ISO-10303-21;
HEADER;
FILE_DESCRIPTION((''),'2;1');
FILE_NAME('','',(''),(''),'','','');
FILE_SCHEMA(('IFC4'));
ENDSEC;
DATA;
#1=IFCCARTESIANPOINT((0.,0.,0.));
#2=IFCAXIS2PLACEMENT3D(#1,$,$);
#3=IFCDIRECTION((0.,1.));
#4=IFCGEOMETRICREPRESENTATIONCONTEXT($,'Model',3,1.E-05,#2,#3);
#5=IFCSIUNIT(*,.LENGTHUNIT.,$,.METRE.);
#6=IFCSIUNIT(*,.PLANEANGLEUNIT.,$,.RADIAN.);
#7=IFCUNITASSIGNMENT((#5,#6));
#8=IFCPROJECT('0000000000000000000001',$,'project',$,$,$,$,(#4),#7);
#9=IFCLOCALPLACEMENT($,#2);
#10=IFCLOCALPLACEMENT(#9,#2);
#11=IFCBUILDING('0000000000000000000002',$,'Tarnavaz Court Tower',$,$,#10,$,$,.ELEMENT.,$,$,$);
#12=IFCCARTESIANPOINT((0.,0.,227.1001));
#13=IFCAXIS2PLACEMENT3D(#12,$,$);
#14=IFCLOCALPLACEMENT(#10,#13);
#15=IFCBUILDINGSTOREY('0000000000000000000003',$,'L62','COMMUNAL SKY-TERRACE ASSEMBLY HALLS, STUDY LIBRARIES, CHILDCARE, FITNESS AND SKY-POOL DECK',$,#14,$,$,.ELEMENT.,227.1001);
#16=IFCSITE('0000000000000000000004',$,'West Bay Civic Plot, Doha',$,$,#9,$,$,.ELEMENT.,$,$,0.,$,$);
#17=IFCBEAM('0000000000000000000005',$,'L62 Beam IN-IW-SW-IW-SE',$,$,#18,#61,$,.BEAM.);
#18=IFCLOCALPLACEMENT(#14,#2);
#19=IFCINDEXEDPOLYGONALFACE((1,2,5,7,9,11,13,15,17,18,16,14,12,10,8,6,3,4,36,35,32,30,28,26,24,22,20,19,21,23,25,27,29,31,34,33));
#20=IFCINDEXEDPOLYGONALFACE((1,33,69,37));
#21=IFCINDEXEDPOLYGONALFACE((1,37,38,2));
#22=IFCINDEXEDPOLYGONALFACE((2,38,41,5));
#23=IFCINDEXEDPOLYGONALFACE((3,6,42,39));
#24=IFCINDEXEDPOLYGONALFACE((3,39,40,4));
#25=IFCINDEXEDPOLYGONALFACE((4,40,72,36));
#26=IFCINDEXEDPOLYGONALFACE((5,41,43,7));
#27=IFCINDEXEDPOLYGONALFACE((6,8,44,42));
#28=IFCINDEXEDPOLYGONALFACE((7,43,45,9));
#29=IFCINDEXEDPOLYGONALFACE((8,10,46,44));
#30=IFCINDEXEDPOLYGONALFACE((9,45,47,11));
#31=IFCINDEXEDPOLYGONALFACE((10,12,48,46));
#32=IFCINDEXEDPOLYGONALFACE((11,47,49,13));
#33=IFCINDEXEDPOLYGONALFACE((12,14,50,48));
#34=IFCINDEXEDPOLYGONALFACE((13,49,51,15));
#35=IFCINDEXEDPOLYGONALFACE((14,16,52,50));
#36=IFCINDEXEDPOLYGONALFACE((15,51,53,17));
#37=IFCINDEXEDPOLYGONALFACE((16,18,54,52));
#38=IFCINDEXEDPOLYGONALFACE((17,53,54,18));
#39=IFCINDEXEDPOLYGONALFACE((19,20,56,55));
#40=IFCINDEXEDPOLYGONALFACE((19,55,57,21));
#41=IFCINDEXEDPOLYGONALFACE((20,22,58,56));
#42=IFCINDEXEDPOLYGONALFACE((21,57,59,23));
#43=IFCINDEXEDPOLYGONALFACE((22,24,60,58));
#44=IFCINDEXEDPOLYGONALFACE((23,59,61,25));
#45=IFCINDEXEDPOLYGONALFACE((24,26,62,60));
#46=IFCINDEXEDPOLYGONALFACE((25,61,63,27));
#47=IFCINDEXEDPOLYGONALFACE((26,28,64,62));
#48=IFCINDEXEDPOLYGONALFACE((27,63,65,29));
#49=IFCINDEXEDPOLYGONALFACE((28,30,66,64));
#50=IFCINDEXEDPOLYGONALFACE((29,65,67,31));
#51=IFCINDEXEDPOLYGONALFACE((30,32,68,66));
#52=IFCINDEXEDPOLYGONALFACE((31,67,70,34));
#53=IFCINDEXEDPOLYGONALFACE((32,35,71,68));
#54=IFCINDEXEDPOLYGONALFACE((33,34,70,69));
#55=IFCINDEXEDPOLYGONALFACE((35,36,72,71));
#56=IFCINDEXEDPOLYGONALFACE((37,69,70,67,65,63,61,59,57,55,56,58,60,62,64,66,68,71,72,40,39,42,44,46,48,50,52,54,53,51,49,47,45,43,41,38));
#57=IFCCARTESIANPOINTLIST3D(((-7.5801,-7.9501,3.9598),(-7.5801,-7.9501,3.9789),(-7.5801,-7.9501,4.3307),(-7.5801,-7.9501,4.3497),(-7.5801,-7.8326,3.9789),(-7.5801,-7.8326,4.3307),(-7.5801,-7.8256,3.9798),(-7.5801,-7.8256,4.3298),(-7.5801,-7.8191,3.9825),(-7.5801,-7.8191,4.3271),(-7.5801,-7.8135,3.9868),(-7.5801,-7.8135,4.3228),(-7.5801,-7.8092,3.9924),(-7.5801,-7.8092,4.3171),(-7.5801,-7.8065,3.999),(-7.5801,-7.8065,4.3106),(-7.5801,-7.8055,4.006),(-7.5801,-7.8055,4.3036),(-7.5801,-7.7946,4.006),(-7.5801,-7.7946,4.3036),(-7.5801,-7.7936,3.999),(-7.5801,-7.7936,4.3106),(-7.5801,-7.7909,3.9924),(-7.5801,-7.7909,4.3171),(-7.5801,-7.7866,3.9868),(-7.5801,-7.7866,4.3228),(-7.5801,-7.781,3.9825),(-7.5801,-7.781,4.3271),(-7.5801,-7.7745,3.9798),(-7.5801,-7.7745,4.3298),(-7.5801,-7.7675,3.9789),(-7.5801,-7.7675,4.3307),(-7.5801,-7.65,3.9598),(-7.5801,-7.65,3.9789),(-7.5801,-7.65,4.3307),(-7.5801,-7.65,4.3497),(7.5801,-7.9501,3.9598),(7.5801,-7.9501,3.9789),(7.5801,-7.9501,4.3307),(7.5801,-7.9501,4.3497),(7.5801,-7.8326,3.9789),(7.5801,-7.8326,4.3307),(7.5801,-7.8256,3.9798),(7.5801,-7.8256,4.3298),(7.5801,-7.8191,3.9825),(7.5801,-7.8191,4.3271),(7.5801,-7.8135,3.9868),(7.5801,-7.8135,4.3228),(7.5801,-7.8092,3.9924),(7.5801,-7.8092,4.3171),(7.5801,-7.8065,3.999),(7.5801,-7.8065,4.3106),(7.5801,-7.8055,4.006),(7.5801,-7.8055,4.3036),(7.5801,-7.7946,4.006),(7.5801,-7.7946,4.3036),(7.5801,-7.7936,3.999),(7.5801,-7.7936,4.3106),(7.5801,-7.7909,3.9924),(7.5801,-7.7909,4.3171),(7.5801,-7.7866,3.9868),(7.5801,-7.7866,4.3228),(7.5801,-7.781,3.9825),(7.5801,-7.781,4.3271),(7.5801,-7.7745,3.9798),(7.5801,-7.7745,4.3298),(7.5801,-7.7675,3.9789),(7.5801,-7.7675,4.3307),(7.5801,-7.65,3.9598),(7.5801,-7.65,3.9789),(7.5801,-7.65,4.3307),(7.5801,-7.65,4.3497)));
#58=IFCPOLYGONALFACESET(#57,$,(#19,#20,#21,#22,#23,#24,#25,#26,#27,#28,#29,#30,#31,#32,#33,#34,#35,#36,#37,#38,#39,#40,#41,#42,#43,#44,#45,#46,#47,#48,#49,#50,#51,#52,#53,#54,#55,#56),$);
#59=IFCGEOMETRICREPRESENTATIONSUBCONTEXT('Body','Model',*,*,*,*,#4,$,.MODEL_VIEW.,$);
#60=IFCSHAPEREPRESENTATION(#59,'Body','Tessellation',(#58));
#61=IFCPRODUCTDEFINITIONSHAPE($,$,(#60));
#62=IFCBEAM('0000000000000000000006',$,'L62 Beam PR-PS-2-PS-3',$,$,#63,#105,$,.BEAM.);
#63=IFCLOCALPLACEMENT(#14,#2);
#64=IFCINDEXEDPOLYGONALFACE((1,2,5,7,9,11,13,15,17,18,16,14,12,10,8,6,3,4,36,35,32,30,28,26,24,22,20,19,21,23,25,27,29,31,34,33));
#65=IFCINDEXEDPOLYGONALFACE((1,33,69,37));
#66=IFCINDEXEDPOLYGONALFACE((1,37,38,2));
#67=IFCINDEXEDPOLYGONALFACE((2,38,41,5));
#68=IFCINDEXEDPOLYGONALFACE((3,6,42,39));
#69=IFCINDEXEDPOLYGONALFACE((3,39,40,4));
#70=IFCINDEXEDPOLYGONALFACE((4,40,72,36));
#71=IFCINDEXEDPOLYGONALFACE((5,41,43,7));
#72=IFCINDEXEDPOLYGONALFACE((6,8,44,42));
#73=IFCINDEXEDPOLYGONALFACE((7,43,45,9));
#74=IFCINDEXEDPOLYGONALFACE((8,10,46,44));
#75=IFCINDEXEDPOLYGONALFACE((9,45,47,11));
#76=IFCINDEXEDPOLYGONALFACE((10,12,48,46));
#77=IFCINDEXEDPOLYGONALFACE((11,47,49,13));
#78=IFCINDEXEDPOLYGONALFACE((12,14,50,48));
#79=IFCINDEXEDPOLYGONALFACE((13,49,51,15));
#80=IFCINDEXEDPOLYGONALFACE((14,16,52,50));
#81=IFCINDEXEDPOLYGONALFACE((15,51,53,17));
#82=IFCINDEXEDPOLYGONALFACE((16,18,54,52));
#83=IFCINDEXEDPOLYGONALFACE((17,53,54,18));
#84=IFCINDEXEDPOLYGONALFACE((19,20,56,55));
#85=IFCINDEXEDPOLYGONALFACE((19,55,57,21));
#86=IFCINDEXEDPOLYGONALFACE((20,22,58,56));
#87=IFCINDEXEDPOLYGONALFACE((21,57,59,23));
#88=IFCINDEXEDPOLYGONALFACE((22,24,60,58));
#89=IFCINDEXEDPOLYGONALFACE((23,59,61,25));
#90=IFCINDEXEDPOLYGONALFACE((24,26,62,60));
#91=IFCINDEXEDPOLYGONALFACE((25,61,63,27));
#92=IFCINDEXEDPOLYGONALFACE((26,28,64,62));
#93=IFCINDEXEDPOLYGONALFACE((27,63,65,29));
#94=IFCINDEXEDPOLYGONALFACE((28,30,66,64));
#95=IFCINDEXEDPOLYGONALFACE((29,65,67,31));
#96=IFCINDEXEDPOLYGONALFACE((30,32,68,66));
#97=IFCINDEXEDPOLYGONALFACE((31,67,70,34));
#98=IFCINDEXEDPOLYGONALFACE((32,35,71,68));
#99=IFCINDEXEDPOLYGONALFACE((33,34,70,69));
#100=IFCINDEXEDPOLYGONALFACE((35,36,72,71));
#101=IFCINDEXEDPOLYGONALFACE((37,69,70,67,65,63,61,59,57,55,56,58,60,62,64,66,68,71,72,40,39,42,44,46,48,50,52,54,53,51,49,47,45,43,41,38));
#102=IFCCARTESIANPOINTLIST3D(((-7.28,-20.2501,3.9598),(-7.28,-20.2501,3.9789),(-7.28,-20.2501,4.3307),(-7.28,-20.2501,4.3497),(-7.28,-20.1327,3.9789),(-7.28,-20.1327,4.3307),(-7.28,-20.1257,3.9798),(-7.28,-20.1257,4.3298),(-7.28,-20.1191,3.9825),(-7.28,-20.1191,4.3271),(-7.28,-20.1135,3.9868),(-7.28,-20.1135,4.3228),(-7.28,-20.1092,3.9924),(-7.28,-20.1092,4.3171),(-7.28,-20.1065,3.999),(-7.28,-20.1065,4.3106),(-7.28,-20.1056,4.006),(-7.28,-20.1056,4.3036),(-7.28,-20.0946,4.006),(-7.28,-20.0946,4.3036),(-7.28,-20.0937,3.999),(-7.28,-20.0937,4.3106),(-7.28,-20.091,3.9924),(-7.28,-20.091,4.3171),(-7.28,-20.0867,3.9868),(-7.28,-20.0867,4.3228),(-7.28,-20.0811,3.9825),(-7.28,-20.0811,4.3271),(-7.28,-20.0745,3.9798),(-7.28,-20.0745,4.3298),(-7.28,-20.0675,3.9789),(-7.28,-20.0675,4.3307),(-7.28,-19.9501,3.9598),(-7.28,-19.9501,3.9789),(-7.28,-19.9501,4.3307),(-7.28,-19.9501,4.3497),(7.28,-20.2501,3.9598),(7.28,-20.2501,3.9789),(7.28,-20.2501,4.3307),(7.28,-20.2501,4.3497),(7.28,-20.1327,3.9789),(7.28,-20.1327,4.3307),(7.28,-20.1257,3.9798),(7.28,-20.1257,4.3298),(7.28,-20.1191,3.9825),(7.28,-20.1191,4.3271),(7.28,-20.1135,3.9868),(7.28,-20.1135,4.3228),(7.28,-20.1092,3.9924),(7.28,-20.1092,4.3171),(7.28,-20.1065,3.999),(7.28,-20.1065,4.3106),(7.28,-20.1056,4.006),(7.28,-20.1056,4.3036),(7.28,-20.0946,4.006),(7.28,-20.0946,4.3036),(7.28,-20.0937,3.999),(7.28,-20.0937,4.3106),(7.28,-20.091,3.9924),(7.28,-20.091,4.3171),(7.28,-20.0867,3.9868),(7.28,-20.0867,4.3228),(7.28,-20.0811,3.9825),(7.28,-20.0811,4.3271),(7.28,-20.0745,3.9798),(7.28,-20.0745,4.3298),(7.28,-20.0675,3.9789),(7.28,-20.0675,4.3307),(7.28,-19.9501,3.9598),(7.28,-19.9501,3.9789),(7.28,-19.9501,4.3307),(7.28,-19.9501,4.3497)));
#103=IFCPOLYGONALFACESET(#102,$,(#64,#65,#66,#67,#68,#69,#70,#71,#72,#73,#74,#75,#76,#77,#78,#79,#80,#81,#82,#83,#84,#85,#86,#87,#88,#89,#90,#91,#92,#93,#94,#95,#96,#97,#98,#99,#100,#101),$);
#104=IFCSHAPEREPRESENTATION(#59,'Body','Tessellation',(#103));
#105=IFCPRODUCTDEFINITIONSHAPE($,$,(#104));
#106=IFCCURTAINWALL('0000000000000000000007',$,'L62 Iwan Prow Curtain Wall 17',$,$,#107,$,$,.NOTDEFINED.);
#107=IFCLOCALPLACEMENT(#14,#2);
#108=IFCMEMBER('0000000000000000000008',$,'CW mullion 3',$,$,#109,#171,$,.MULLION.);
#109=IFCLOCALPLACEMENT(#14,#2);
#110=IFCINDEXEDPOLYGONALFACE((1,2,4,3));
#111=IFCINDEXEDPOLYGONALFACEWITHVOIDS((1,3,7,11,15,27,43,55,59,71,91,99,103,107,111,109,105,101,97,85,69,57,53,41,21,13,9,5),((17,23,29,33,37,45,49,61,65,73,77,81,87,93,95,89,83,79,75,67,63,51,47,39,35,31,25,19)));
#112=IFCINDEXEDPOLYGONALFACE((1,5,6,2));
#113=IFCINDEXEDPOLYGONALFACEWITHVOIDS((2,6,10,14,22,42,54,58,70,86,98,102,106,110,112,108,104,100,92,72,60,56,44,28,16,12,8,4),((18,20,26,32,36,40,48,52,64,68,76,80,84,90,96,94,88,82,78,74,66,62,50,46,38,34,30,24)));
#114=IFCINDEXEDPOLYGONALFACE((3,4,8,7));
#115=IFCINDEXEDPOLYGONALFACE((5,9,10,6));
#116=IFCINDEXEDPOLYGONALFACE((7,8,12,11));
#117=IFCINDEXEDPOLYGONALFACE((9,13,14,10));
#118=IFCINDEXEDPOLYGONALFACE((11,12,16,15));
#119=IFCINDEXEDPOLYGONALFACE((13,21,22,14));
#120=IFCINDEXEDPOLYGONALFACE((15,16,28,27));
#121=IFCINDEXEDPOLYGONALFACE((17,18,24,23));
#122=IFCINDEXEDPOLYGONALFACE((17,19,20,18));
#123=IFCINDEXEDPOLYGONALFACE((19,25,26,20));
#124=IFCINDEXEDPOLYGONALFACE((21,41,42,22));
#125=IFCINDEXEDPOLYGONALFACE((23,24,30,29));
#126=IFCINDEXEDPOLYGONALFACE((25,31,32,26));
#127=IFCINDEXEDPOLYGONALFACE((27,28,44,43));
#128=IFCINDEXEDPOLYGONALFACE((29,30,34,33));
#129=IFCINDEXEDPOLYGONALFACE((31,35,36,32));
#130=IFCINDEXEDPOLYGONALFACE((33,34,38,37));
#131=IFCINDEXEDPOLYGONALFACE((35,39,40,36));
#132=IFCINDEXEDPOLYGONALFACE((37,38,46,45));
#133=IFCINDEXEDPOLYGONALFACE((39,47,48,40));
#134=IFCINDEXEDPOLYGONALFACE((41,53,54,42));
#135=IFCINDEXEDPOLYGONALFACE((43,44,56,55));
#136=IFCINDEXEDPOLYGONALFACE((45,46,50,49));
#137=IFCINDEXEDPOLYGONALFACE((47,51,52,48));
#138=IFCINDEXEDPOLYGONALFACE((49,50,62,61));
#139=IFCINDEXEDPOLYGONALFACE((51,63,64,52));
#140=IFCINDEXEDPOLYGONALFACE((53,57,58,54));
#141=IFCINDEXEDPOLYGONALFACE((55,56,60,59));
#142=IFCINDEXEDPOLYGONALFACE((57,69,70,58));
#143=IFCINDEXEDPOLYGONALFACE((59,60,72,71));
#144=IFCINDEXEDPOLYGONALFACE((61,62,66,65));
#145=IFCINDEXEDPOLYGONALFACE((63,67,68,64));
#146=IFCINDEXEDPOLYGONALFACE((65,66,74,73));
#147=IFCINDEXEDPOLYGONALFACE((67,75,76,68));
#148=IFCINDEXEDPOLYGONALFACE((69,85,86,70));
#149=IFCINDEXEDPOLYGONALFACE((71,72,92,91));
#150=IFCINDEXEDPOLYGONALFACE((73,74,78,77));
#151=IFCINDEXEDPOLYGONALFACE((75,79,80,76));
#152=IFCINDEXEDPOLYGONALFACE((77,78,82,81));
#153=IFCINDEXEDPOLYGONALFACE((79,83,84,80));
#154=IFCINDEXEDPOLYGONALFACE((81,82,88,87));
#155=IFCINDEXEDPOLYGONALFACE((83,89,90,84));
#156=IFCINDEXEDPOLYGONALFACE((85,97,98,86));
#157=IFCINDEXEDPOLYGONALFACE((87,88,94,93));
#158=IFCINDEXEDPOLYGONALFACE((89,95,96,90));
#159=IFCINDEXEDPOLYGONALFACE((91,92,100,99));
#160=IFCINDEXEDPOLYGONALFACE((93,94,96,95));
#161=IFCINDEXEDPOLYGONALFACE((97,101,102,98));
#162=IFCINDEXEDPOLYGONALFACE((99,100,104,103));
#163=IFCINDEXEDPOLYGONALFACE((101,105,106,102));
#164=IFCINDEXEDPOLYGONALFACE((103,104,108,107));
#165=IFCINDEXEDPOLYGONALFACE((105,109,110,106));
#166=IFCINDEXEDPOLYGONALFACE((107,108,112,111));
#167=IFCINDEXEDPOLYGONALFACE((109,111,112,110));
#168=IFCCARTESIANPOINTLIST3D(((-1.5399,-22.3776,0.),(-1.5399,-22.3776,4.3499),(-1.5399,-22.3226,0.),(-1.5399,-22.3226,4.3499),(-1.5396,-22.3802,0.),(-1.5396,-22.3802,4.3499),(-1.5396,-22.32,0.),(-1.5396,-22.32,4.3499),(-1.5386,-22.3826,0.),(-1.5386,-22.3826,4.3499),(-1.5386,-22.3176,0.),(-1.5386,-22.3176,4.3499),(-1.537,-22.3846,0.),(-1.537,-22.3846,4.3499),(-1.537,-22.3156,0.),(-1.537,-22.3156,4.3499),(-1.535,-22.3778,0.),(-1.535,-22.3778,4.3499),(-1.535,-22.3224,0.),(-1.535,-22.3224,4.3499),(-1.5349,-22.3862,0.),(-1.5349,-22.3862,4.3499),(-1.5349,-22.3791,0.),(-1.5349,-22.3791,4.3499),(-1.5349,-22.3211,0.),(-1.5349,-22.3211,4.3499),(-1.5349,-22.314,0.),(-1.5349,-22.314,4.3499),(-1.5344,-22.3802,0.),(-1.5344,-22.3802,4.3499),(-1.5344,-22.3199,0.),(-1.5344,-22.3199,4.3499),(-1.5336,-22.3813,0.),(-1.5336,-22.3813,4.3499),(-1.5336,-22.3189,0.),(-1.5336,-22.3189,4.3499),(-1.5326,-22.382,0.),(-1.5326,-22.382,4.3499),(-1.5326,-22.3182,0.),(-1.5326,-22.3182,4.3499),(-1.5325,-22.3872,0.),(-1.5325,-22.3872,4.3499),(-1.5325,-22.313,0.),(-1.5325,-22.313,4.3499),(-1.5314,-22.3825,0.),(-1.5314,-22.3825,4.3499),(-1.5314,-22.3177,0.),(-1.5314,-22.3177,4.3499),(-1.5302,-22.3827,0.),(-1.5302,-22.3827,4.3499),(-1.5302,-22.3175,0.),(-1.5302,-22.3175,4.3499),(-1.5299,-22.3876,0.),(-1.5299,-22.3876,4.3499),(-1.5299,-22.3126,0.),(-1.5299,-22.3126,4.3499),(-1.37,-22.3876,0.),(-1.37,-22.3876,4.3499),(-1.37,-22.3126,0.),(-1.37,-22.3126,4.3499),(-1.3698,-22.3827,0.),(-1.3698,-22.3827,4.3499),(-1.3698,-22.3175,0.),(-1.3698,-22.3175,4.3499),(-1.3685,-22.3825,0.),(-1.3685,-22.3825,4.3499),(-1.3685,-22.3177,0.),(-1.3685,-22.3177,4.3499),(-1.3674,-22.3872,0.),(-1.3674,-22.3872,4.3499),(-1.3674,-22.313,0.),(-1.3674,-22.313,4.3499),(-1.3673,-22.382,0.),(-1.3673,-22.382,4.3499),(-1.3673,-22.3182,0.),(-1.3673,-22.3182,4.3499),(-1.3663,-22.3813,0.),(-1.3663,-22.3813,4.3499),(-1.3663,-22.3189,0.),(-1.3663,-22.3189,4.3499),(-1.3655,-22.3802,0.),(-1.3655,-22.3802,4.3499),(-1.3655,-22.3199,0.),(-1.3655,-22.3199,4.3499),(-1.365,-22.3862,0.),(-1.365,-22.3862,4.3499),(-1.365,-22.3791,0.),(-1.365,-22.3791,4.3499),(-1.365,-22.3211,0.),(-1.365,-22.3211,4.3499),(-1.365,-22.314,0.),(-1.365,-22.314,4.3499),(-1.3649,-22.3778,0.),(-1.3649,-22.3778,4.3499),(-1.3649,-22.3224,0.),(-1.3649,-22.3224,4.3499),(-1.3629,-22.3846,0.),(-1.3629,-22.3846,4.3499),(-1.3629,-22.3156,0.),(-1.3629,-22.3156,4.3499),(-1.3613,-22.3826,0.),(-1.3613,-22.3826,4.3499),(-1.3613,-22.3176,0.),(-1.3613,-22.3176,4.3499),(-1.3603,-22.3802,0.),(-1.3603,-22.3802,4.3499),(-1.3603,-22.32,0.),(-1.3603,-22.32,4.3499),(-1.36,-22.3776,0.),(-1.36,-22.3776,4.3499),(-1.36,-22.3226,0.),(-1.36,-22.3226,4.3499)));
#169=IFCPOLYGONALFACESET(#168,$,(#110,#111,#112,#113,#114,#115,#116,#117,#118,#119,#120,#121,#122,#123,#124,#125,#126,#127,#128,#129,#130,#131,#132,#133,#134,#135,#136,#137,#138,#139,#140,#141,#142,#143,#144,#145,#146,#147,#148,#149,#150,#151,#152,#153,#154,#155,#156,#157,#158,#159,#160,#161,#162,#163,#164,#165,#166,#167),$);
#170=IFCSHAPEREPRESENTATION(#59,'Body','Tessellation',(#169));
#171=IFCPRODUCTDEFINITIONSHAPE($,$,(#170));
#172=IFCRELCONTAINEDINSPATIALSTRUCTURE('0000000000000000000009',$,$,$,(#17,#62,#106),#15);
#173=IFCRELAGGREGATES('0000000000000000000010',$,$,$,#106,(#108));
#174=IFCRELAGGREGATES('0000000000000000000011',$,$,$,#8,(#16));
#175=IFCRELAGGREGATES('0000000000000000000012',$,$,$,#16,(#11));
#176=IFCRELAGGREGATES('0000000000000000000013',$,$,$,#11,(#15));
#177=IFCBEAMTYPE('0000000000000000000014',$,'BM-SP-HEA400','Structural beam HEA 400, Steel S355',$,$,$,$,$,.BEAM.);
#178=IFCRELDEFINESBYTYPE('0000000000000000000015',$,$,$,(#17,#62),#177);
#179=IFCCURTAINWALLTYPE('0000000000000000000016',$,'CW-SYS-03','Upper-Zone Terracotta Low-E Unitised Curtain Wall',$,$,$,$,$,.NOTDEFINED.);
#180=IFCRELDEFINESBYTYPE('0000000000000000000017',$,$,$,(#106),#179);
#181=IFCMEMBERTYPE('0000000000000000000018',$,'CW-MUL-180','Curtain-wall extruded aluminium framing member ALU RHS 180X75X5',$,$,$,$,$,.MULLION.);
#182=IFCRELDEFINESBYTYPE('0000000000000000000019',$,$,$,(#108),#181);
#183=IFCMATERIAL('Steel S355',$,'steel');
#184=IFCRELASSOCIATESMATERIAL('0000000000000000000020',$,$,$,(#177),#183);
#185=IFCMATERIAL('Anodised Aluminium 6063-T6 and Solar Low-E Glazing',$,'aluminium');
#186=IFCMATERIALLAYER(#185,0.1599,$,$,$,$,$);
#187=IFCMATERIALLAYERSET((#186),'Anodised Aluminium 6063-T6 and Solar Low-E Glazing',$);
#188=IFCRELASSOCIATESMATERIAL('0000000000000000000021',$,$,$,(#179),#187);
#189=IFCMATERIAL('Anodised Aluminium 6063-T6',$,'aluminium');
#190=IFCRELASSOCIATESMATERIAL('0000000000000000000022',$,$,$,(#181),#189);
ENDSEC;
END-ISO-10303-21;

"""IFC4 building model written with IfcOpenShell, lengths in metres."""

from ifc_helpers import new_model, si_unit, direction, frame, origin, origin_2d, place, context, subcontext, project, spatial, hollow_rectangle, i_section, extrude, material, layer, layer_set, material_profile, profile_set, type_object, element, aggregate, save


model = new_model("IFC4")

# Units and contexts
model_context = context("Model", 3, precision=1e-05, world=origin(), true_north=direction((0.0, 1.0)))
body_context = subcontext(model_context, "Body", "Model", "MODEL_VIEW")
ifc_project = project(units=[si_unit("LENGTHUNIT", "METRE"), si_unit("PLANEANGLEUNIT", "RADIAN")], contexts=[model_context])

# Site, building, storey
site_placement = place(None, origin())
site = spatial("IfcSite", under=ifc_project, at=site_placement, Name="West Bay Civic Plot, Doha", CompositionType="ELEMENT", RefElevation=0.0)
building_placement = place(site_placement, origin())
building = spatial("IfcBuilding", under=site, at=building_placement, Name="Tarnavaz Court Tower", CompositionType="ELEMENT")
storey_placement = place(building_placement, frame((0.0, 0.0, 227.1001)))
storey = spatial("IfcBuildingStorey", under=building, at=storey_placement, Name="L62", Description="COMMUNAL SKY-TERRACE ASSEMBLY HALLS, STUDY LIBRARIES, CHILDCARE, FITNESS AND SKY-POOL DECK", CompositionType="ELEMENT", Elevation=227.1001)

# Beams
ifc_material_1 = material(Name="Steel S355", Category="steel")
ifc_material_profile_1 = material_profile(ifc_material_1, i_section(OverallWidth=0.3, OverallDepth=0.3899, WebThickness=0.011, FlangeThickness=0.019, FilletRadius=0.0271, at=origin_2d()), Name="HEA 400")
ifc_profile_set_1 = profile_set([ifc_material_profile_1], Name="Steel S355")
beam_type_1 = type_object("IfcBeamType", Name="BM-SP-HEA400", Description="Structural beam HEA 400, Steel S355", PredefinedType="BEAM", material=ifc_profile_set_1)
beam_1_placement = place(storey_placement, frame((-7.5801, -7.8, 4.1548), z_axis=(1.0, 0.0, 0.0), x_axis=(0.0, 1.0, 0.0)))
element("IfcBeam", 1, at=beam_1_placement, inside=storey, type_object=beam_type_1, Name="L62 Beam IN-IW-SW-IW-SE", PredefinedType="BEAM", context=body_context, shape_type="SweptSolid", body=[
    extrude(i_section(OverallWidth=0.3, OverallDepth=0.3899, WebThickness=0.011, FlangeThickness=0.019, FilletRadius=0.0271, at=origin_2d()), origin(), (0.0, 0.0, 1.0), 15.1602),
])
beam_2_placement = place(storey_placement, frame((-7.28, -20.1001, 4.1548), z_axis=(1.0, 0.0, 0.0), x_axis=(0.0, 1.0, 0.0)))
element("IfcBeam", 2, at=beam_2_placement, inside=storey, type_object=beam_type_1, Name="L62 Beam PR-PS-2-PS-3", PredefinedType="BEAM", context=body_context, shape_type="SweptSolid", body=[
    extrude(i_section(OverallWidth=0.3, OverallDepth=0.3899, WebThickness=0.011, FlangeThickness=0.019, FilletRadius=0.0271, at=origin_2d()), origin(), (0.0, 0.0, 1.0), 14.5601),
])

# Curtain wall, member
ifc_material_2 = material(Name="Anodised Aluminium 6063-T6 and Solar Low-E Glazing", Category="aluminium")
ifc_layer_1 = layer(ifc_material_2, 0.1599)
ifc_layer_set_1 = layer_set([ifc_layer_1], Name="Anodised Aluminium 6063-T6 and Solar Low-E Glazing")
curtain_wall_type = type_object("IfcCurtainWallType", Name="CW-SYS-03", Description="Upper-Zone Terracotta Low-E Unitised Curtain Wall", PredefinedType="NOTDEFINED", material=ifc_layer_set_1)
curtain_wall_placement = place(storey_placement, origin())
curtain_wall = element("IfcCurtainWall", 3, at=curtain_wall_placement, inside=storey, type_object=curtain_wall_type, Name="L62 Iwan Prow Curtain Wall 17", PredefinedType="NOTDEFINED")
ifc_material_3 = material(Name="Anodised Aluminium 6063-T6", Category="aluminium")
ifc_material_profile_2 = material_profile(ifc_material_3, hollow_rectangle(XDim=0.075, YDim=0.1799, WallThickness=0.0049, InnerFilletRadius=0.0049, OuterFilletRadius=0.01, at=origin_2d()), Name="ALU RHS 180X75X5")
ifc_profile_set_2 = profile_set([ifc_material_profile_2], Name="Anodised Aluminium 6063-T6")
member_type_1 = type_object("IfcMemberType", Name="CW-MUL-180", Description="Curtain-wall extruded aluminium framing member ALU RHS 180X75X5", PredefinedType="MULLION", material=ifc_profile_set_2)
member_1_placement = place(storey_placement, frame((-1.45, -22.3501, 0.0), z_axis=(0.0, 0.0, 1.0), x_axis=(0.0, -1.0, 0.0)))
member_1 = element("IfcMember", 4, at=member_1_placement, type_object=member_type_1, Name="CW mullion 3", PredefinedType="MULLION", context=body_context, shape_type="SweptSolid", body=[
    extrude(hollow_rectangle(XDim=0.075, YDim=0.1799, WallThickness=0.0049, InnerFilletRadius=0.0049, OuterFilletRadius=0.01, at=origin_2d()), origin(), (0.0, 0.0, 1.0), 4.3499),
])
aggregate(curtain_wall, [member_1])

save(model, "model.ifc")
